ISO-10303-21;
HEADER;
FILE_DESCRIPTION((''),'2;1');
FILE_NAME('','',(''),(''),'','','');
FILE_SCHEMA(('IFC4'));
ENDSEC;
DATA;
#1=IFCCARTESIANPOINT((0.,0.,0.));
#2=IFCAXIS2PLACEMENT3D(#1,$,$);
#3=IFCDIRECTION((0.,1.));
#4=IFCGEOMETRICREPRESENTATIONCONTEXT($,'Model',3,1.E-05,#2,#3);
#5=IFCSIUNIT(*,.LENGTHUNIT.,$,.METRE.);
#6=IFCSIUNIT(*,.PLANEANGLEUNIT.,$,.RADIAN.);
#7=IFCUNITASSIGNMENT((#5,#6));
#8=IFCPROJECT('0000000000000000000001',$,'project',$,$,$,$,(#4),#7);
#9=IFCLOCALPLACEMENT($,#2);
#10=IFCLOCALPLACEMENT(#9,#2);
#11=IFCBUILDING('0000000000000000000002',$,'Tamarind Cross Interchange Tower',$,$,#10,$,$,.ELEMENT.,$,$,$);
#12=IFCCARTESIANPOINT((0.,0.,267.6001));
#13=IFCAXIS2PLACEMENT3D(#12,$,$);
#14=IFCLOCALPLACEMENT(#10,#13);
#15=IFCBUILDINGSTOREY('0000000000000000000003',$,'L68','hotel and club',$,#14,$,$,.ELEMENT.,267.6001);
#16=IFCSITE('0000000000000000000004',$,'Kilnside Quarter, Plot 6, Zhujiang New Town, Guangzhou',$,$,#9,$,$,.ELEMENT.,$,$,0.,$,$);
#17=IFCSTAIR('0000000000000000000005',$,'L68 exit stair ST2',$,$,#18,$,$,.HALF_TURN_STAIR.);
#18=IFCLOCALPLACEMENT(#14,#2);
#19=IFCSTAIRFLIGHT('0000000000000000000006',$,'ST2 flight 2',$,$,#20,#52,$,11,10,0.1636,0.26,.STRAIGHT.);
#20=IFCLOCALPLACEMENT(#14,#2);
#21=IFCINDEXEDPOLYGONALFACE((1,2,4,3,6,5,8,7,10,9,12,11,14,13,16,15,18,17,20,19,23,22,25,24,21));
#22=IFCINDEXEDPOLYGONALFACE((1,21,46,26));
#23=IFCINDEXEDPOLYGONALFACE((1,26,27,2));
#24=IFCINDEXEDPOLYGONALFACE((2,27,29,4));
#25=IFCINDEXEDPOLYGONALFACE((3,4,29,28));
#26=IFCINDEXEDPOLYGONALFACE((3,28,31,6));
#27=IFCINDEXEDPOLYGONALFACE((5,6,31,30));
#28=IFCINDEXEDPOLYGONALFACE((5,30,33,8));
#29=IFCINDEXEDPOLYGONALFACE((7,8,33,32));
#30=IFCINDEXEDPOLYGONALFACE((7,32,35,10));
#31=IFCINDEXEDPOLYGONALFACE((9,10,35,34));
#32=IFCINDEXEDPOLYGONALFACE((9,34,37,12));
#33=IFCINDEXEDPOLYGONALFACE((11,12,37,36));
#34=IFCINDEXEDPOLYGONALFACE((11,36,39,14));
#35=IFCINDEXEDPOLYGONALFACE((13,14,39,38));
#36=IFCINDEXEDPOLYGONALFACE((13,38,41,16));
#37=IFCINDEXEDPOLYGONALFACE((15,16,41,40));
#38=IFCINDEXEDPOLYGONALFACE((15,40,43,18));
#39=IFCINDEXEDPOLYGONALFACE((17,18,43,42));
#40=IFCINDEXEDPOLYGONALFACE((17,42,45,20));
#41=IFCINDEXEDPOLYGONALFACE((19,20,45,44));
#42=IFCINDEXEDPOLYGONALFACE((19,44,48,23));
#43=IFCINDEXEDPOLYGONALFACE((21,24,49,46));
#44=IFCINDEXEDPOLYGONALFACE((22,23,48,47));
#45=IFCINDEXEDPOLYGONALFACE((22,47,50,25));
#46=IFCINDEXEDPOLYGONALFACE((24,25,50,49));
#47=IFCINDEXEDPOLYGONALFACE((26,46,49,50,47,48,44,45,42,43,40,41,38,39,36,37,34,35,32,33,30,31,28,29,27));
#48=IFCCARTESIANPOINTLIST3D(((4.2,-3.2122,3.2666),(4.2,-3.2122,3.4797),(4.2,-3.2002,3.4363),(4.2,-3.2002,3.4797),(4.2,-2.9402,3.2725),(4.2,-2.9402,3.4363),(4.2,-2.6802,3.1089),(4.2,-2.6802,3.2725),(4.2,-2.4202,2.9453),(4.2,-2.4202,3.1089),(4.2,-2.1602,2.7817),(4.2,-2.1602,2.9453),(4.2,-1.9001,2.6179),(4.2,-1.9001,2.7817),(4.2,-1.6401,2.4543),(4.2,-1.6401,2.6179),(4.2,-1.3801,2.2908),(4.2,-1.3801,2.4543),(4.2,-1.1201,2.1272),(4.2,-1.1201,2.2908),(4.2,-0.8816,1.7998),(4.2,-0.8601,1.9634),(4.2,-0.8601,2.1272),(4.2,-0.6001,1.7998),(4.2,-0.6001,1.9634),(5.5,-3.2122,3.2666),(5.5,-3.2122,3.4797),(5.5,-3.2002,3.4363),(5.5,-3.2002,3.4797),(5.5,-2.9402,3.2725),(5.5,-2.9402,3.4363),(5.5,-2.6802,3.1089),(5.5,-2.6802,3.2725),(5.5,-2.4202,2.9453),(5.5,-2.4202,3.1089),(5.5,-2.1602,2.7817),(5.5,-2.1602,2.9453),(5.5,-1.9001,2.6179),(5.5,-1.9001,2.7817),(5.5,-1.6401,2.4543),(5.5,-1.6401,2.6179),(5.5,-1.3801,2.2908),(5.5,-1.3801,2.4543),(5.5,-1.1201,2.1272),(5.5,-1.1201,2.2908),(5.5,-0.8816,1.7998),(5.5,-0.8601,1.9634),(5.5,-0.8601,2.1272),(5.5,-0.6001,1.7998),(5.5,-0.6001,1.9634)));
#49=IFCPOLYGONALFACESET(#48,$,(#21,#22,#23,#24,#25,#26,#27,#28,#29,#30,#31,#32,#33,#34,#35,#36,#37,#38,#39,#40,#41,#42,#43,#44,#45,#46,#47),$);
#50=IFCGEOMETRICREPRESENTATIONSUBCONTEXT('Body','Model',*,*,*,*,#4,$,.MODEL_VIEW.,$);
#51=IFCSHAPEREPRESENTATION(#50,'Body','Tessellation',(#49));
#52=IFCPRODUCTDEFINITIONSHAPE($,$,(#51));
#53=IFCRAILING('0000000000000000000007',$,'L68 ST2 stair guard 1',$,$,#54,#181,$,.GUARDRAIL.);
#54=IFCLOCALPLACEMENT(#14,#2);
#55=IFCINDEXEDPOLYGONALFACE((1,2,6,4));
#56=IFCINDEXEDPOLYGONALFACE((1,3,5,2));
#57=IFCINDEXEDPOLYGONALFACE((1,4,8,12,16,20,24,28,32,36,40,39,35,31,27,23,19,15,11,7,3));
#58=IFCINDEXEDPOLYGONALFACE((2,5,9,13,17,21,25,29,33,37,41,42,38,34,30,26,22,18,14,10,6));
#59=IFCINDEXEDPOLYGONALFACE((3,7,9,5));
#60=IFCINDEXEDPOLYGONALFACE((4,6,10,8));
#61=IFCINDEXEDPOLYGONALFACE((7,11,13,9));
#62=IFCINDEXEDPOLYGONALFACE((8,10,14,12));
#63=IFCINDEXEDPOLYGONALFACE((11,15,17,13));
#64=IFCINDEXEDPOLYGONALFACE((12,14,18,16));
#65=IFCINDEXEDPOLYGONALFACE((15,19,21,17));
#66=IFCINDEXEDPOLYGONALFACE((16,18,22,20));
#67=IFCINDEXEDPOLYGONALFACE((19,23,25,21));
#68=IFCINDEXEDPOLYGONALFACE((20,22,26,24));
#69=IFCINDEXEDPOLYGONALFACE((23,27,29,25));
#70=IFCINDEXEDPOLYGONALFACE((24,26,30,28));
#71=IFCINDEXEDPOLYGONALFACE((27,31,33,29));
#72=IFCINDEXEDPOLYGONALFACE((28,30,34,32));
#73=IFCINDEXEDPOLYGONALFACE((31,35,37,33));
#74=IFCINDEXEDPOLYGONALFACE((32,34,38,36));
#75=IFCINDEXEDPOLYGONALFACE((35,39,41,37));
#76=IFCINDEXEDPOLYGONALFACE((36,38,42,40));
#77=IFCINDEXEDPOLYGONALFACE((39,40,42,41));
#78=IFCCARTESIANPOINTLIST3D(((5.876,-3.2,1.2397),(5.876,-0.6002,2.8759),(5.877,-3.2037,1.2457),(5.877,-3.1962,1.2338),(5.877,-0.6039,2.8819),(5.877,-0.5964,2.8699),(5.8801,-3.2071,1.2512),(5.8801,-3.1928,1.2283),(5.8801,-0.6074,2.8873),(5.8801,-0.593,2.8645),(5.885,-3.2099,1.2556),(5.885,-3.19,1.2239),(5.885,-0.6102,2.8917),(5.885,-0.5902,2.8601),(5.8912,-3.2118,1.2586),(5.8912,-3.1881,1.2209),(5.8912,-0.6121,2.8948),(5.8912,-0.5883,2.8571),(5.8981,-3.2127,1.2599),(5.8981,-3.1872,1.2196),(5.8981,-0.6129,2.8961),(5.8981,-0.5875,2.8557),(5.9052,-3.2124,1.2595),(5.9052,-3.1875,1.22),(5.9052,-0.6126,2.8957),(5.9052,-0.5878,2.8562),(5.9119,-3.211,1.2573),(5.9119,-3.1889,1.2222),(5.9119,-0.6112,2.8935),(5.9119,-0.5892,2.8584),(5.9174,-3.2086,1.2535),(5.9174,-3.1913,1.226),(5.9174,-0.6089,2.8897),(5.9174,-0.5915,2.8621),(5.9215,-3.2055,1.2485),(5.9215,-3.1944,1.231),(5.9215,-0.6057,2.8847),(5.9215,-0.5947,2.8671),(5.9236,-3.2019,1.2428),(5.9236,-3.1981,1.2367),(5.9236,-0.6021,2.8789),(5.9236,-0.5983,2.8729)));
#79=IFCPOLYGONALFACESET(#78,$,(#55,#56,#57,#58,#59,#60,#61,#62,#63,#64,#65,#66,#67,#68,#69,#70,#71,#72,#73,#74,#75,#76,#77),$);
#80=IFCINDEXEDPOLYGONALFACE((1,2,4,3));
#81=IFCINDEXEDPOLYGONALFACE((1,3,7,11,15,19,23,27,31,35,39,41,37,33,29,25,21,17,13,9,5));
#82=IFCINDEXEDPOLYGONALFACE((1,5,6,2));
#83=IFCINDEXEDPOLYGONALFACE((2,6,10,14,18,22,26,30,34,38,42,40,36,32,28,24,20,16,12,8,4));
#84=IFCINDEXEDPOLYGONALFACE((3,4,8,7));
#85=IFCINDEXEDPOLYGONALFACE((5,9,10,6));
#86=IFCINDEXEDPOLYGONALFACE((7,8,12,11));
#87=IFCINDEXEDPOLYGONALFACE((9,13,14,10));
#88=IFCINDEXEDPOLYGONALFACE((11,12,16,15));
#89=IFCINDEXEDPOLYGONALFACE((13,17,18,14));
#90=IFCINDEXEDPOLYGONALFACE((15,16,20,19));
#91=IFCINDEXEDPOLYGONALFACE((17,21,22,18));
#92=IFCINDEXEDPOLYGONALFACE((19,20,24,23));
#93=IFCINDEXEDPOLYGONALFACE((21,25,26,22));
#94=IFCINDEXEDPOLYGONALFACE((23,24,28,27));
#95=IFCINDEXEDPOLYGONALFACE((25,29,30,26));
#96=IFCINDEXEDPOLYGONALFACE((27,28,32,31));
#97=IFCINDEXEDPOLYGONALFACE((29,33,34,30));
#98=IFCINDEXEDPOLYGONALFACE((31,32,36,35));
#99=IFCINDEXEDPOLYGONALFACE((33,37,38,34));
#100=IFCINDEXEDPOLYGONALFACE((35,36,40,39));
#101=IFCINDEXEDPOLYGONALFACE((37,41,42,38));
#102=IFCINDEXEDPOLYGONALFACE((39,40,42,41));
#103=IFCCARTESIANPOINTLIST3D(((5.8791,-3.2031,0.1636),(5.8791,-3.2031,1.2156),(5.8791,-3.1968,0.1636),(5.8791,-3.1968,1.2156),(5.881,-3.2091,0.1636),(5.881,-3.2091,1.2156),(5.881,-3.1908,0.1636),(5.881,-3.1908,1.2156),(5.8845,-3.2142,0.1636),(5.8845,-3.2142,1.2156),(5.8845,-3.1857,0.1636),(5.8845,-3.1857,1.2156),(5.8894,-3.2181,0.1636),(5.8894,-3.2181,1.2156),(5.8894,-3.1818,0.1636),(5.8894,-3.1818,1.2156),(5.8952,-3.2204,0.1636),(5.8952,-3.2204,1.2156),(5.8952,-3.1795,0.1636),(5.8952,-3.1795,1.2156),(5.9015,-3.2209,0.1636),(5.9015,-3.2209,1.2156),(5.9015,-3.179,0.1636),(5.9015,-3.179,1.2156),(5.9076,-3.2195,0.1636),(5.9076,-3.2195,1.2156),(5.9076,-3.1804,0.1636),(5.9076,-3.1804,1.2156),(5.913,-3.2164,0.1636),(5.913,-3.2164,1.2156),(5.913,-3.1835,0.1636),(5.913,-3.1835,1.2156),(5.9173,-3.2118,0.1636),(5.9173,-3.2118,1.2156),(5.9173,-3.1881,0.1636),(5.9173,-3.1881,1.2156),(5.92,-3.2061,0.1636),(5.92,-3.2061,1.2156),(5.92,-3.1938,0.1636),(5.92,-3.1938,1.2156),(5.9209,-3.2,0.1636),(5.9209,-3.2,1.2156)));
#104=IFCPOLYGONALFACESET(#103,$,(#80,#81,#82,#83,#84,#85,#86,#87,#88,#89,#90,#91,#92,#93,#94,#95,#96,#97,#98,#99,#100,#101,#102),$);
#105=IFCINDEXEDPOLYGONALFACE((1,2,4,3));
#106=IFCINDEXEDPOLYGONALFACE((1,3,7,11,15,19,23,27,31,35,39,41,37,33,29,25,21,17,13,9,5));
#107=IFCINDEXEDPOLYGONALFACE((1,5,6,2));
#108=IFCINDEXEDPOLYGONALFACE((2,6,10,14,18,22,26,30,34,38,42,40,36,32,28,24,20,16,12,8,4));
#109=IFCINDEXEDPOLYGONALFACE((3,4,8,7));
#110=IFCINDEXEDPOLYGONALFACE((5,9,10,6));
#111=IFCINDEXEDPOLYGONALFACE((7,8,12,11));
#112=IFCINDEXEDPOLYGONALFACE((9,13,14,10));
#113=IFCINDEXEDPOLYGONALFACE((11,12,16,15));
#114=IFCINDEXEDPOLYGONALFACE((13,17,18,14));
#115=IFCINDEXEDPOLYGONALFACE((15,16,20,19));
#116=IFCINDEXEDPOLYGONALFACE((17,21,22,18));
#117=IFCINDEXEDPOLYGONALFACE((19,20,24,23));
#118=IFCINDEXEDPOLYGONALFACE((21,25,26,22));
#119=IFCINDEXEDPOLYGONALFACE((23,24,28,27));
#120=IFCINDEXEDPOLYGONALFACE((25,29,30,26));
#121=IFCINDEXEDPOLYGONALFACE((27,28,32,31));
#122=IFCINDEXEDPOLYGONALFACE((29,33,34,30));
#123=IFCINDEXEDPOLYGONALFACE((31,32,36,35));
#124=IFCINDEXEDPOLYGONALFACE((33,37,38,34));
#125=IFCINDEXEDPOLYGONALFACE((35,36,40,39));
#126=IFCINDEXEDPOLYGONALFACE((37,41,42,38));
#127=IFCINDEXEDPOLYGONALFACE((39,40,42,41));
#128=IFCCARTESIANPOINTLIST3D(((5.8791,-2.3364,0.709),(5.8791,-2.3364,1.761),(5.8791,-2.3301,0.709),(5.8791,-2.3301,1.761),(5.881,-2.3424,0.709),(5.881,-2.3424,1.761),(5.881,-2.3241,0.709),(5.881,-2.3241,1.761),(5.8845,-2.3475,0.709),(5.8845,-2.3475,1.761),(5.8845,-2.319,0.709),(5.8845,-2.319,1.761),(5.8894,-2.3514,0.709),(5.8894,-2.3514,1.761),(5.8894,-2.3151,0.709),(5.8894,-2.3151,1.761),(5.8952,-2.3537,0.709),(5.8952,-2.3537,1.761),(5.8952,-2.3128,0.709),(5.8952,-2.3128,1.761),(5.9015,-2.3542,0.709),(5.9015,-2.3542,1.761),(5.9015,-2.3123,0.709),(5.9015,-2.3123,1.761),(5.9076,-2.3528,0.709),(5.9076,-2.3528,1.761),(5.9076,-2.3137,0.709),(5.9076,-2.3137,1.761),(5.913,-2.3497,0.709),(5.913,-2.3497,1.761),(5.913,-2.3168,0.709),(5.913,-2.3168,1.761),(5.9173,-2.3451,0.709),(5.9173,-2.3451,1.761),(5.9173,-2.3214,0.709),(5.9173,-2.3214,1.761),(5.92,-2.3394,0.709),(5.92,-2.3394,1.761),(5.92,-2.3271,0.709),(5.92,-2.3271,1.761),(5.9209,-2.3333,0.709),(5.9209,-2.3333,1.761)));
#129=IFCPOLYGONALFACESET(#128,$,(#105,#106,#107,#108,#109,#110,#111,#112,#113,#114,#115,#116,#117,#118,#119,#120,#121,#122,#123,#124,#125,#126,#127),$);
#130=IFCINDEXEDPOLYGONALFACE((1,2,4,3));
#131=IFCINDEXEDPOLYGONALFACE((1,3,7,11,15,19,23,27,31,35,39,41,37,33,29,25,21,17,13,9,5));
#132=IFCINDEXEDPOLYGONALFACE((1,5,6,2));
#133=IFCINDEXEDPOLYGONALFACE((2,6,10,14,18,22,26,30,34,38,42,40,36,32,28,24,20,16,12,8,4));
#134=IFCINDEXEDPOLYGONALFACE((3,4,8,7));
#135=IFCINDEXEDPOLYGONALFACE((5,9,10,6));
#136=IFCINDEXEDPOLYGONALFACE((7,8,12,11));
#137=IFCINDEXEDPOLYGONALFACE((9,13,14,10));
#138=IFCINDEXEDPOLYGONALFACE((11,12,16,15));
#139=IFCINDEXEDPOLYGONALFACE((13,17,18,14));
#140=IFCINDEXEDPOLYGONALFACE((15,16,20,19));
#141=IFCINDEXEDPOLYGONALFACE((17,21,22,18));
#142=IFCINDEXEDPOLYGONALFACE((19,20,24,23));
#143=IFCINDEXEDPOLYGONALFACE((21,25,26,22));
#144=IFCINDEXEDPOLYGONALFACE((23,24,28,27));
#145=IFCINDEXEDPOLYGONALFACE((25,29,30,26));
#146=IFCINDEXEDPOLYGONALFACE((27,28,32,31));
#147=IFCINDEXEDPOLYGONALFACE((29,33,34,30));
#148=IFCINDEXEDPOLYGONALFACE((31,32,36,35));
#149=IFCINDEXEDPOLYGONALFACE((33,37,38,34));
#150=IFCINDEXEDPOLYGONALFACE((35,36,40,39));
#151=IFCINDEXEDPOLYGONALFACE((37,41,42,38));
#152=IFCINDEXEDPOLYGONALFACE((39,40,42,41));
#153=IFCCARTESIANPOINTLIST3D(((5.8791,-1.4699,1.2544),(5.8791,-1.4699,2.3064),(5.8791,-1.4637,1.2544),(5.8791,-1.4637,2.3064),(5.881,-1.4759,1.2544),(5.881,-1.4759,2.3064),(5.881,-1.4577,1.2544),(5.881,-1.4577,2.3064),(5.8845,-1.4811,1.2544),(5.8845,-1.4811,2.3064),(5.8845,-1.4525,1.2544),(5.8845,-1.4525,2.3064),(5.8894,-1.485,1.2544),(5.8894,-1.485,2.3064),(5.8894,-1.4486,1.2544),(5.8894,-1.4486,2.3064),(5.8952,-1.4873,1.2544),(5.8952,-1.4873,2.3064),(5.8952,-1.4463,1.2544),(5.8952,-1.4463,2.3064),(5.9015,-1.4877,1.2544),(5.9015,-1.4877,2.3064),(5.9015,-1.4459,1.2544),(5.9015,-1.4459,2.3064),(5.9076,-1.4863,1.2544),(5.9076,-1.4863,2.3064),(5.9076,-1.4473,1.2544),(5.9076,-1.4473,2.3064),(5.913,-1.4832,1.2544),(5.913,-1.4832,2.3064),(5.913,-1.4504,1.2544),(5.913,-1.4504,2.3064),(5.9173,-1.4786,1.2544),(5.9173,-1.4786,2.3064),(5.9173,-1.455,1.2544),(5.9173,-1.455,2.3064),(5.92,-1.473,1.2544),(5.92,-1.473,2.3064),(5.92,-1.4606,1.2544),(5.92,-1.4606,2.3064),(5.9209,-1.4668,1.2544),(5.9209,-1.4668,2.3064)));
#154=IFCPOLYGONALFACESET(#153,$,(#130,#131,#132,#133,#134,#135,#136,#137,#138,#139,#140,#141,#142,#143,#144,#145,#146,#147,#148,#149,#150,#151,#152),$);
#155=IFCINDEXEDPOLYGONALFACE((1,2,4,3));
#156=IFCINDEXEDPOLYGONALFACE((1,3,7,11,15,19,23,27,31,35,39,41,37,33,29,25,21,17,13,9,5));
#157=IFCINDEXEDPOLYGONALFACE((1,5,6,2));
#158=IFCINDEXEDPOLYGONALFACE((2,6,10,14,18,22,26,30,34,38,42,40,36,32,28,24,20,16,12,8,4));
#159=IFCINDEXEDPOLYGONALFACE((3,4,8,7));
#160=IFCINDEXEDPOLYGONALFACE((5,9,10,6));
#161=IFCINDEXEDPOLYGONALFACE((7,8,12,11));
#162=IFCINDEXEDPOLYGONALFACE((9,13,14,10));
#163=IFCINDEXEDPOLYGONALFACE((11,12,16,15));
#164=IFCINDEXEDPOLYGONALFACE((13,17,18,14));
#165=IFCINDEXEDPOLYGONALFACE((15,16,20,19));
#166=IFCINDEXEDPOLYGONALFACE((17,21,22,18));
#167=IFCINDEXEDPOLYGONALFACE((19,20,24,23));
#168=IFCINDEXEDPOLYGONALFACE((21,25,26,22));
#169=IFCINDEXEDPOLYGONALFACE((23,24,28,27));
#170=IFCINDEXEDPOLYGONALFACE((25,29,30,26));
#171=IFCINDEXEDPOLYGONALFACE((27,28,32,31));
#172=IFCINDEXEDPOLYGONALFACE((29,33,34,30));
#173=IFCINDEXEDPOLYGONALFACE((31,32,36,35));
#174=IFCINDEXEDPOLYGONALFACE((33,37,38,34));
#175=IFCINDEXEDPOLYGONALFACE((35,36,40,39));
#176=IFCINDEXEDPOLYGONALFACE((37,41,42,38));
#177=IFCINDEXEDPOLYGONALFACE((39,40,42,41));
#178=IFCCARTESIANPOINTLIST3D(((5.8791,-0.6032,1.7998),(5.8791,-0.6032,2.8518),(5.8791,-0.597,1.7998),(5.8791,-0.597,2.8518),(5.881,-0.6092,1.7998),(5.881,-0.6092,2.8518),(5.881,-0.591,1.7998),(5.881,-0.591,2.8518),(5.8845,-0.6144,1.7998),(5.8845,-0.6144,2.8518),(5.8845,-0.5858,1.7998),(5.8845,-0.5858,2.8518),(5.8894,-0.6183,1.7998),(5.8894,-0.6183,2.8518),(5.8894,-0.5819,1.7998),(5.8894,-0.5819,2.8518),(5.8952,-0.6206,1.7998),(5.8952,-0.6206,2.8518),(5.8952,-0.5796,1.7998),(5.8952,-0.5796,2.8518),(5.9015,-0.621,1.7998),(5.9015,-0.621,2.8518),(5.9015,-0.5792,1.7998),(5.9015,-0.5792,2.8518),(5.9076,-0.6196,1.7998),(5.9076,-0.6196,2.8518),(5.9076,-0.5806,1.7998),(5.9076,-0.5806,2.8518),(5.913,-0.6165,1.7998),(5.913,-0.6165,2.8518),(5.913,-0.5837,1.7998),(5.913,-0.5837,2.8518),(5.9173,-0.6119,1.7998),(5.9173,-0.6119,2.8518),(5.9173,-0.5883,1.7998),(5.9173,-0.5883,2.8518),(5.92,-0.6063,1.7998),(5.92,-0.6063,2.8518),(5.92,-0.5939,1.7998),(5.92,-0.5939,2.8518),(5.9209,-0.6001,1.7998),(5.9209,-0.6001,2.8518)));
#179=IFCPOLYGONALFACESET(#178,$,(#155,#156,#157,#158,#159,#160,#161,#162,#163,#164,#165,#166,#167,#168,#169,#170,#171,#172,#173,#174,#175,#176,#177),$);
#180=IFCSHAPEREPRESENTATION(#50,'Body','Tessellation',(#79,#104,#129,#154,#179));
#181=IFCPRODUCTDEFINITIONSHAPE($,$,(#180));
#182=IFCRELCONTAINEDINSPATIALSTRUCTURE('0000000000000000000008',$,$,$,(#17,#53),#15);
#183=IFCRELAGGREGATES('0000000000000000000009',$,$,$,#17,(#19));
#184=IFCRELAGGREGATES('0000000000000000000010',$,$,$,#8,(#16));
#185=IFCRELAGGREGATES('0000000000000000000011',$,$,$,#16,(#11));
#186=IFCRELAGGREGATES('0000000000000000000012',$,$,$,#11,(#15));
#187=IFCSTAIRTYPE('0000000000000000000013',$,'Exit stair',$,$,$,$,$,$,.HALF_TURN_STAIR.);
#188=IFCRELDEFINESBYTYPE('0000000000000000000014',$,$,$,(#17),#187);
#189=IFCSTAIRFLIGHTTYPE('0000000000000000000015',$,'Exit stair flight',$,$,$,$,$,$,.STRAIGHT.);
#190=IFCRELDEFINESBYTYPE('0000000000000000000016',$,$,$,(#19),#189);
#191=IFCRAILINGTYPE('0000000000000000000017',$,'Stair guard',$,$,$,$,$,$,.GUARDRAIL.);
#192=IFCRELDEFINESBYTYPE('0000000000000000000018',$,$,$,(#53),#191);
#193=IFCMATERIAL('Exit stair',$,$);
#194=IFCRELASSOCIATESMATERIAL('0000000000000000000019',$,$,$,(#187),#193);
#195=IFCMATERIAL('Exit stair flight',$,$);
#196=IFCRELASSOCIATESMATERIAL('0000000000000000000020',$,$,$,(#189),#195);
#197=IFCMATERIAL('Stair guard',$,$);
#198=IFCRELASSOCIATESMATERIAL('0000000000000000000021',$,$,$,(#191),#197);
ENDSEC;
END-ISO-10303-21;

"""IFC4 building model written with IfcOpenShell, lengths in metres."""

from ifc_helpers import new_model, si_unit, direction, frame, origin, origin_2d, place, context, subcontext, project, spatial, polyline, circle, outline, extrude, material, type_object, element, aggregate, save


model = new_model("IFC4")

# Units and contexts
model_context = context("Model", 3, precision=1e-05, world=origin(), true_north=direction((0.0, 1.0)))
body_context = subcontext(model_context, "Body", "Model", "MODEL_VIEW")
ifc_project = project(units=[si_unit("LENGTHUNIT", "METRE"), si_unit("PLANEANGLEUNIT", "RADIAN")], contexts=[model_context])

# Site, building, storey
site_placement = place(None, origin())
site = spatial("IfcSite", under=ifc_project, at=site_placement, Name="Kilnside Quarter, Plot 6, Zhujiang New Town, Guangzhou", CompositionType="ELEMENT", RefElevation=0.0)
building_placement = place(site_placement, origin())
building = spatial("IfcBuilding", under=site, at=building_placement, Name="Tamarind Cross Interchange Tower", CompositionType="ELEMENT")
storey_placement = place(building_placement, frame((0.0, 0.0, 267.6001)))
storey = spatial("IfcBuildingStorey", under=building, at=storey_placement, Name="L68", Description="hotel and club", CompositionType="ELEMENT", Elevation=267.6001)

# Stair, stair flight
ifc_material_1 = material(Name="Exit stair")
stair_type = type_object("IfcStairType", Name="Exit stair", PredefinedType="HALF_TURN_STAIR", material=ifc_material_1)
stair_placement = place(storey_placement, origin())
stair = element("IfcStair", 1, at=stair_placement, inside=storey, type_object=stair_type, Name="L68 exit stair ST2", PredefinedType="HALF_TURN_STAIR")
ifc_material_2 = material(Name="Exit stair flight")
stair_flight_type = type_object("IfcStairFlightType", Name="Exit stair flight", PredefinedType="STRAIGHT", material=ifc_material_2)
stair_flight_1_placement = place(storey_placement, frame((4.8501, -0.6001, 1.7998), z_axis=(0.0, 0.0, 1.0), x_axis=(0.0, -1.0, 0.0)))
stair_flight_1 = element("IfcStairFlight", 2, at=stair_flight_1_placement, type_object=stair_flight_type, Name="ST2 flight 2", NumberOfRisers=11, NumberOfTreads=10, PredefinedType="STRAIGHT", RiserHeight=0.1636, TreadLength=0.26, context=body_context, shape_type="SweptSolid", body=[
    extrude(outline(polyline([(0.0, 0.0), (0.0, 0.1636), (0.26, 0.1636), (0.26, 0.3274), (0.52, 0.3274), (0.52, 0.491), (0.78, 0.491), (0.78, 0.6545), (1.04, 0.6545), (1.04, 0.8181), (1.3, 0.8181), (1.3, 0.9819), (1.5601, 0.9819), (1.5601, 1.1455), (1.8201, 1.1455), (1.8201, 1.3091), (2.0801, 1.3091), (2.0801, 1.4727), (2.3401, 1.4727), (2.3401, 1.6365), (2.6001, 1.6365), (2.6001, 1.6799), (2.6121, 1.6799), (2.6121, 1.4668), (0.2815, 0.0), (0.0, 0.0)])), frame((0.0, 0.6499, 0.0), z_axis=(0.0, -1.0, 0.0), x_axis=(1.0, 0.0, 0.0)), (0.0, 0.0, 1.0), 1.3),
])
aggregate(stair, [stair_flight_1])

# Railing
ifc_material_3 = material(Name="Stair guard")
railing_type_1 = type_object("IfcRailingType", Name="Stair guard", PredefinedType="GUARDRAIL", material=ifc_material_3)
railing_1_placement = place(storey_placement, frame((5.8999, -3.2, 0.1636)))
element("IfcRailing", 3, at=railing_1_placement, inside=storey, type_object=railing_type_1, Name="L68 ST2 stair guard 1", PredefinedType="GUARDRAIL", context=body_context, shape_type="SweptSolid", body=[
    extrude(circle(Radius=0.0239, at=origin_2d()), frame((0.0, 0.0, 1.0762), z_axis=(0.0, 0.846338, 0.532647), x_axis=(-1.0, 0.0, 0.0)), (0.0, 0.0, 1.0), 3.0718),
    extrude(circle(Radius=0.021, at=origin_2d()), origin(), (0.0, 0.0, 1.0), 1.052),
    extrude(circle(Radius=0.021, at=origin_2d()), frame((0.0, 0.8667, 0.5454)), (0.0, 0.0, 1.0), 1.052),
    extrude(circle(Radius=0.021, at=origin_2d()), frame((0.0, 1.7332, 1.0908)), (0.0, 0.0, 1.0), 1.052),
    extrude(circle(Radius=0.021, at=origin_2d()), frame((0.0, 2.5999, 1.6362)), (0.0, 0.0, 1.0), 1.052),
])

save(model, "model.ifc")
